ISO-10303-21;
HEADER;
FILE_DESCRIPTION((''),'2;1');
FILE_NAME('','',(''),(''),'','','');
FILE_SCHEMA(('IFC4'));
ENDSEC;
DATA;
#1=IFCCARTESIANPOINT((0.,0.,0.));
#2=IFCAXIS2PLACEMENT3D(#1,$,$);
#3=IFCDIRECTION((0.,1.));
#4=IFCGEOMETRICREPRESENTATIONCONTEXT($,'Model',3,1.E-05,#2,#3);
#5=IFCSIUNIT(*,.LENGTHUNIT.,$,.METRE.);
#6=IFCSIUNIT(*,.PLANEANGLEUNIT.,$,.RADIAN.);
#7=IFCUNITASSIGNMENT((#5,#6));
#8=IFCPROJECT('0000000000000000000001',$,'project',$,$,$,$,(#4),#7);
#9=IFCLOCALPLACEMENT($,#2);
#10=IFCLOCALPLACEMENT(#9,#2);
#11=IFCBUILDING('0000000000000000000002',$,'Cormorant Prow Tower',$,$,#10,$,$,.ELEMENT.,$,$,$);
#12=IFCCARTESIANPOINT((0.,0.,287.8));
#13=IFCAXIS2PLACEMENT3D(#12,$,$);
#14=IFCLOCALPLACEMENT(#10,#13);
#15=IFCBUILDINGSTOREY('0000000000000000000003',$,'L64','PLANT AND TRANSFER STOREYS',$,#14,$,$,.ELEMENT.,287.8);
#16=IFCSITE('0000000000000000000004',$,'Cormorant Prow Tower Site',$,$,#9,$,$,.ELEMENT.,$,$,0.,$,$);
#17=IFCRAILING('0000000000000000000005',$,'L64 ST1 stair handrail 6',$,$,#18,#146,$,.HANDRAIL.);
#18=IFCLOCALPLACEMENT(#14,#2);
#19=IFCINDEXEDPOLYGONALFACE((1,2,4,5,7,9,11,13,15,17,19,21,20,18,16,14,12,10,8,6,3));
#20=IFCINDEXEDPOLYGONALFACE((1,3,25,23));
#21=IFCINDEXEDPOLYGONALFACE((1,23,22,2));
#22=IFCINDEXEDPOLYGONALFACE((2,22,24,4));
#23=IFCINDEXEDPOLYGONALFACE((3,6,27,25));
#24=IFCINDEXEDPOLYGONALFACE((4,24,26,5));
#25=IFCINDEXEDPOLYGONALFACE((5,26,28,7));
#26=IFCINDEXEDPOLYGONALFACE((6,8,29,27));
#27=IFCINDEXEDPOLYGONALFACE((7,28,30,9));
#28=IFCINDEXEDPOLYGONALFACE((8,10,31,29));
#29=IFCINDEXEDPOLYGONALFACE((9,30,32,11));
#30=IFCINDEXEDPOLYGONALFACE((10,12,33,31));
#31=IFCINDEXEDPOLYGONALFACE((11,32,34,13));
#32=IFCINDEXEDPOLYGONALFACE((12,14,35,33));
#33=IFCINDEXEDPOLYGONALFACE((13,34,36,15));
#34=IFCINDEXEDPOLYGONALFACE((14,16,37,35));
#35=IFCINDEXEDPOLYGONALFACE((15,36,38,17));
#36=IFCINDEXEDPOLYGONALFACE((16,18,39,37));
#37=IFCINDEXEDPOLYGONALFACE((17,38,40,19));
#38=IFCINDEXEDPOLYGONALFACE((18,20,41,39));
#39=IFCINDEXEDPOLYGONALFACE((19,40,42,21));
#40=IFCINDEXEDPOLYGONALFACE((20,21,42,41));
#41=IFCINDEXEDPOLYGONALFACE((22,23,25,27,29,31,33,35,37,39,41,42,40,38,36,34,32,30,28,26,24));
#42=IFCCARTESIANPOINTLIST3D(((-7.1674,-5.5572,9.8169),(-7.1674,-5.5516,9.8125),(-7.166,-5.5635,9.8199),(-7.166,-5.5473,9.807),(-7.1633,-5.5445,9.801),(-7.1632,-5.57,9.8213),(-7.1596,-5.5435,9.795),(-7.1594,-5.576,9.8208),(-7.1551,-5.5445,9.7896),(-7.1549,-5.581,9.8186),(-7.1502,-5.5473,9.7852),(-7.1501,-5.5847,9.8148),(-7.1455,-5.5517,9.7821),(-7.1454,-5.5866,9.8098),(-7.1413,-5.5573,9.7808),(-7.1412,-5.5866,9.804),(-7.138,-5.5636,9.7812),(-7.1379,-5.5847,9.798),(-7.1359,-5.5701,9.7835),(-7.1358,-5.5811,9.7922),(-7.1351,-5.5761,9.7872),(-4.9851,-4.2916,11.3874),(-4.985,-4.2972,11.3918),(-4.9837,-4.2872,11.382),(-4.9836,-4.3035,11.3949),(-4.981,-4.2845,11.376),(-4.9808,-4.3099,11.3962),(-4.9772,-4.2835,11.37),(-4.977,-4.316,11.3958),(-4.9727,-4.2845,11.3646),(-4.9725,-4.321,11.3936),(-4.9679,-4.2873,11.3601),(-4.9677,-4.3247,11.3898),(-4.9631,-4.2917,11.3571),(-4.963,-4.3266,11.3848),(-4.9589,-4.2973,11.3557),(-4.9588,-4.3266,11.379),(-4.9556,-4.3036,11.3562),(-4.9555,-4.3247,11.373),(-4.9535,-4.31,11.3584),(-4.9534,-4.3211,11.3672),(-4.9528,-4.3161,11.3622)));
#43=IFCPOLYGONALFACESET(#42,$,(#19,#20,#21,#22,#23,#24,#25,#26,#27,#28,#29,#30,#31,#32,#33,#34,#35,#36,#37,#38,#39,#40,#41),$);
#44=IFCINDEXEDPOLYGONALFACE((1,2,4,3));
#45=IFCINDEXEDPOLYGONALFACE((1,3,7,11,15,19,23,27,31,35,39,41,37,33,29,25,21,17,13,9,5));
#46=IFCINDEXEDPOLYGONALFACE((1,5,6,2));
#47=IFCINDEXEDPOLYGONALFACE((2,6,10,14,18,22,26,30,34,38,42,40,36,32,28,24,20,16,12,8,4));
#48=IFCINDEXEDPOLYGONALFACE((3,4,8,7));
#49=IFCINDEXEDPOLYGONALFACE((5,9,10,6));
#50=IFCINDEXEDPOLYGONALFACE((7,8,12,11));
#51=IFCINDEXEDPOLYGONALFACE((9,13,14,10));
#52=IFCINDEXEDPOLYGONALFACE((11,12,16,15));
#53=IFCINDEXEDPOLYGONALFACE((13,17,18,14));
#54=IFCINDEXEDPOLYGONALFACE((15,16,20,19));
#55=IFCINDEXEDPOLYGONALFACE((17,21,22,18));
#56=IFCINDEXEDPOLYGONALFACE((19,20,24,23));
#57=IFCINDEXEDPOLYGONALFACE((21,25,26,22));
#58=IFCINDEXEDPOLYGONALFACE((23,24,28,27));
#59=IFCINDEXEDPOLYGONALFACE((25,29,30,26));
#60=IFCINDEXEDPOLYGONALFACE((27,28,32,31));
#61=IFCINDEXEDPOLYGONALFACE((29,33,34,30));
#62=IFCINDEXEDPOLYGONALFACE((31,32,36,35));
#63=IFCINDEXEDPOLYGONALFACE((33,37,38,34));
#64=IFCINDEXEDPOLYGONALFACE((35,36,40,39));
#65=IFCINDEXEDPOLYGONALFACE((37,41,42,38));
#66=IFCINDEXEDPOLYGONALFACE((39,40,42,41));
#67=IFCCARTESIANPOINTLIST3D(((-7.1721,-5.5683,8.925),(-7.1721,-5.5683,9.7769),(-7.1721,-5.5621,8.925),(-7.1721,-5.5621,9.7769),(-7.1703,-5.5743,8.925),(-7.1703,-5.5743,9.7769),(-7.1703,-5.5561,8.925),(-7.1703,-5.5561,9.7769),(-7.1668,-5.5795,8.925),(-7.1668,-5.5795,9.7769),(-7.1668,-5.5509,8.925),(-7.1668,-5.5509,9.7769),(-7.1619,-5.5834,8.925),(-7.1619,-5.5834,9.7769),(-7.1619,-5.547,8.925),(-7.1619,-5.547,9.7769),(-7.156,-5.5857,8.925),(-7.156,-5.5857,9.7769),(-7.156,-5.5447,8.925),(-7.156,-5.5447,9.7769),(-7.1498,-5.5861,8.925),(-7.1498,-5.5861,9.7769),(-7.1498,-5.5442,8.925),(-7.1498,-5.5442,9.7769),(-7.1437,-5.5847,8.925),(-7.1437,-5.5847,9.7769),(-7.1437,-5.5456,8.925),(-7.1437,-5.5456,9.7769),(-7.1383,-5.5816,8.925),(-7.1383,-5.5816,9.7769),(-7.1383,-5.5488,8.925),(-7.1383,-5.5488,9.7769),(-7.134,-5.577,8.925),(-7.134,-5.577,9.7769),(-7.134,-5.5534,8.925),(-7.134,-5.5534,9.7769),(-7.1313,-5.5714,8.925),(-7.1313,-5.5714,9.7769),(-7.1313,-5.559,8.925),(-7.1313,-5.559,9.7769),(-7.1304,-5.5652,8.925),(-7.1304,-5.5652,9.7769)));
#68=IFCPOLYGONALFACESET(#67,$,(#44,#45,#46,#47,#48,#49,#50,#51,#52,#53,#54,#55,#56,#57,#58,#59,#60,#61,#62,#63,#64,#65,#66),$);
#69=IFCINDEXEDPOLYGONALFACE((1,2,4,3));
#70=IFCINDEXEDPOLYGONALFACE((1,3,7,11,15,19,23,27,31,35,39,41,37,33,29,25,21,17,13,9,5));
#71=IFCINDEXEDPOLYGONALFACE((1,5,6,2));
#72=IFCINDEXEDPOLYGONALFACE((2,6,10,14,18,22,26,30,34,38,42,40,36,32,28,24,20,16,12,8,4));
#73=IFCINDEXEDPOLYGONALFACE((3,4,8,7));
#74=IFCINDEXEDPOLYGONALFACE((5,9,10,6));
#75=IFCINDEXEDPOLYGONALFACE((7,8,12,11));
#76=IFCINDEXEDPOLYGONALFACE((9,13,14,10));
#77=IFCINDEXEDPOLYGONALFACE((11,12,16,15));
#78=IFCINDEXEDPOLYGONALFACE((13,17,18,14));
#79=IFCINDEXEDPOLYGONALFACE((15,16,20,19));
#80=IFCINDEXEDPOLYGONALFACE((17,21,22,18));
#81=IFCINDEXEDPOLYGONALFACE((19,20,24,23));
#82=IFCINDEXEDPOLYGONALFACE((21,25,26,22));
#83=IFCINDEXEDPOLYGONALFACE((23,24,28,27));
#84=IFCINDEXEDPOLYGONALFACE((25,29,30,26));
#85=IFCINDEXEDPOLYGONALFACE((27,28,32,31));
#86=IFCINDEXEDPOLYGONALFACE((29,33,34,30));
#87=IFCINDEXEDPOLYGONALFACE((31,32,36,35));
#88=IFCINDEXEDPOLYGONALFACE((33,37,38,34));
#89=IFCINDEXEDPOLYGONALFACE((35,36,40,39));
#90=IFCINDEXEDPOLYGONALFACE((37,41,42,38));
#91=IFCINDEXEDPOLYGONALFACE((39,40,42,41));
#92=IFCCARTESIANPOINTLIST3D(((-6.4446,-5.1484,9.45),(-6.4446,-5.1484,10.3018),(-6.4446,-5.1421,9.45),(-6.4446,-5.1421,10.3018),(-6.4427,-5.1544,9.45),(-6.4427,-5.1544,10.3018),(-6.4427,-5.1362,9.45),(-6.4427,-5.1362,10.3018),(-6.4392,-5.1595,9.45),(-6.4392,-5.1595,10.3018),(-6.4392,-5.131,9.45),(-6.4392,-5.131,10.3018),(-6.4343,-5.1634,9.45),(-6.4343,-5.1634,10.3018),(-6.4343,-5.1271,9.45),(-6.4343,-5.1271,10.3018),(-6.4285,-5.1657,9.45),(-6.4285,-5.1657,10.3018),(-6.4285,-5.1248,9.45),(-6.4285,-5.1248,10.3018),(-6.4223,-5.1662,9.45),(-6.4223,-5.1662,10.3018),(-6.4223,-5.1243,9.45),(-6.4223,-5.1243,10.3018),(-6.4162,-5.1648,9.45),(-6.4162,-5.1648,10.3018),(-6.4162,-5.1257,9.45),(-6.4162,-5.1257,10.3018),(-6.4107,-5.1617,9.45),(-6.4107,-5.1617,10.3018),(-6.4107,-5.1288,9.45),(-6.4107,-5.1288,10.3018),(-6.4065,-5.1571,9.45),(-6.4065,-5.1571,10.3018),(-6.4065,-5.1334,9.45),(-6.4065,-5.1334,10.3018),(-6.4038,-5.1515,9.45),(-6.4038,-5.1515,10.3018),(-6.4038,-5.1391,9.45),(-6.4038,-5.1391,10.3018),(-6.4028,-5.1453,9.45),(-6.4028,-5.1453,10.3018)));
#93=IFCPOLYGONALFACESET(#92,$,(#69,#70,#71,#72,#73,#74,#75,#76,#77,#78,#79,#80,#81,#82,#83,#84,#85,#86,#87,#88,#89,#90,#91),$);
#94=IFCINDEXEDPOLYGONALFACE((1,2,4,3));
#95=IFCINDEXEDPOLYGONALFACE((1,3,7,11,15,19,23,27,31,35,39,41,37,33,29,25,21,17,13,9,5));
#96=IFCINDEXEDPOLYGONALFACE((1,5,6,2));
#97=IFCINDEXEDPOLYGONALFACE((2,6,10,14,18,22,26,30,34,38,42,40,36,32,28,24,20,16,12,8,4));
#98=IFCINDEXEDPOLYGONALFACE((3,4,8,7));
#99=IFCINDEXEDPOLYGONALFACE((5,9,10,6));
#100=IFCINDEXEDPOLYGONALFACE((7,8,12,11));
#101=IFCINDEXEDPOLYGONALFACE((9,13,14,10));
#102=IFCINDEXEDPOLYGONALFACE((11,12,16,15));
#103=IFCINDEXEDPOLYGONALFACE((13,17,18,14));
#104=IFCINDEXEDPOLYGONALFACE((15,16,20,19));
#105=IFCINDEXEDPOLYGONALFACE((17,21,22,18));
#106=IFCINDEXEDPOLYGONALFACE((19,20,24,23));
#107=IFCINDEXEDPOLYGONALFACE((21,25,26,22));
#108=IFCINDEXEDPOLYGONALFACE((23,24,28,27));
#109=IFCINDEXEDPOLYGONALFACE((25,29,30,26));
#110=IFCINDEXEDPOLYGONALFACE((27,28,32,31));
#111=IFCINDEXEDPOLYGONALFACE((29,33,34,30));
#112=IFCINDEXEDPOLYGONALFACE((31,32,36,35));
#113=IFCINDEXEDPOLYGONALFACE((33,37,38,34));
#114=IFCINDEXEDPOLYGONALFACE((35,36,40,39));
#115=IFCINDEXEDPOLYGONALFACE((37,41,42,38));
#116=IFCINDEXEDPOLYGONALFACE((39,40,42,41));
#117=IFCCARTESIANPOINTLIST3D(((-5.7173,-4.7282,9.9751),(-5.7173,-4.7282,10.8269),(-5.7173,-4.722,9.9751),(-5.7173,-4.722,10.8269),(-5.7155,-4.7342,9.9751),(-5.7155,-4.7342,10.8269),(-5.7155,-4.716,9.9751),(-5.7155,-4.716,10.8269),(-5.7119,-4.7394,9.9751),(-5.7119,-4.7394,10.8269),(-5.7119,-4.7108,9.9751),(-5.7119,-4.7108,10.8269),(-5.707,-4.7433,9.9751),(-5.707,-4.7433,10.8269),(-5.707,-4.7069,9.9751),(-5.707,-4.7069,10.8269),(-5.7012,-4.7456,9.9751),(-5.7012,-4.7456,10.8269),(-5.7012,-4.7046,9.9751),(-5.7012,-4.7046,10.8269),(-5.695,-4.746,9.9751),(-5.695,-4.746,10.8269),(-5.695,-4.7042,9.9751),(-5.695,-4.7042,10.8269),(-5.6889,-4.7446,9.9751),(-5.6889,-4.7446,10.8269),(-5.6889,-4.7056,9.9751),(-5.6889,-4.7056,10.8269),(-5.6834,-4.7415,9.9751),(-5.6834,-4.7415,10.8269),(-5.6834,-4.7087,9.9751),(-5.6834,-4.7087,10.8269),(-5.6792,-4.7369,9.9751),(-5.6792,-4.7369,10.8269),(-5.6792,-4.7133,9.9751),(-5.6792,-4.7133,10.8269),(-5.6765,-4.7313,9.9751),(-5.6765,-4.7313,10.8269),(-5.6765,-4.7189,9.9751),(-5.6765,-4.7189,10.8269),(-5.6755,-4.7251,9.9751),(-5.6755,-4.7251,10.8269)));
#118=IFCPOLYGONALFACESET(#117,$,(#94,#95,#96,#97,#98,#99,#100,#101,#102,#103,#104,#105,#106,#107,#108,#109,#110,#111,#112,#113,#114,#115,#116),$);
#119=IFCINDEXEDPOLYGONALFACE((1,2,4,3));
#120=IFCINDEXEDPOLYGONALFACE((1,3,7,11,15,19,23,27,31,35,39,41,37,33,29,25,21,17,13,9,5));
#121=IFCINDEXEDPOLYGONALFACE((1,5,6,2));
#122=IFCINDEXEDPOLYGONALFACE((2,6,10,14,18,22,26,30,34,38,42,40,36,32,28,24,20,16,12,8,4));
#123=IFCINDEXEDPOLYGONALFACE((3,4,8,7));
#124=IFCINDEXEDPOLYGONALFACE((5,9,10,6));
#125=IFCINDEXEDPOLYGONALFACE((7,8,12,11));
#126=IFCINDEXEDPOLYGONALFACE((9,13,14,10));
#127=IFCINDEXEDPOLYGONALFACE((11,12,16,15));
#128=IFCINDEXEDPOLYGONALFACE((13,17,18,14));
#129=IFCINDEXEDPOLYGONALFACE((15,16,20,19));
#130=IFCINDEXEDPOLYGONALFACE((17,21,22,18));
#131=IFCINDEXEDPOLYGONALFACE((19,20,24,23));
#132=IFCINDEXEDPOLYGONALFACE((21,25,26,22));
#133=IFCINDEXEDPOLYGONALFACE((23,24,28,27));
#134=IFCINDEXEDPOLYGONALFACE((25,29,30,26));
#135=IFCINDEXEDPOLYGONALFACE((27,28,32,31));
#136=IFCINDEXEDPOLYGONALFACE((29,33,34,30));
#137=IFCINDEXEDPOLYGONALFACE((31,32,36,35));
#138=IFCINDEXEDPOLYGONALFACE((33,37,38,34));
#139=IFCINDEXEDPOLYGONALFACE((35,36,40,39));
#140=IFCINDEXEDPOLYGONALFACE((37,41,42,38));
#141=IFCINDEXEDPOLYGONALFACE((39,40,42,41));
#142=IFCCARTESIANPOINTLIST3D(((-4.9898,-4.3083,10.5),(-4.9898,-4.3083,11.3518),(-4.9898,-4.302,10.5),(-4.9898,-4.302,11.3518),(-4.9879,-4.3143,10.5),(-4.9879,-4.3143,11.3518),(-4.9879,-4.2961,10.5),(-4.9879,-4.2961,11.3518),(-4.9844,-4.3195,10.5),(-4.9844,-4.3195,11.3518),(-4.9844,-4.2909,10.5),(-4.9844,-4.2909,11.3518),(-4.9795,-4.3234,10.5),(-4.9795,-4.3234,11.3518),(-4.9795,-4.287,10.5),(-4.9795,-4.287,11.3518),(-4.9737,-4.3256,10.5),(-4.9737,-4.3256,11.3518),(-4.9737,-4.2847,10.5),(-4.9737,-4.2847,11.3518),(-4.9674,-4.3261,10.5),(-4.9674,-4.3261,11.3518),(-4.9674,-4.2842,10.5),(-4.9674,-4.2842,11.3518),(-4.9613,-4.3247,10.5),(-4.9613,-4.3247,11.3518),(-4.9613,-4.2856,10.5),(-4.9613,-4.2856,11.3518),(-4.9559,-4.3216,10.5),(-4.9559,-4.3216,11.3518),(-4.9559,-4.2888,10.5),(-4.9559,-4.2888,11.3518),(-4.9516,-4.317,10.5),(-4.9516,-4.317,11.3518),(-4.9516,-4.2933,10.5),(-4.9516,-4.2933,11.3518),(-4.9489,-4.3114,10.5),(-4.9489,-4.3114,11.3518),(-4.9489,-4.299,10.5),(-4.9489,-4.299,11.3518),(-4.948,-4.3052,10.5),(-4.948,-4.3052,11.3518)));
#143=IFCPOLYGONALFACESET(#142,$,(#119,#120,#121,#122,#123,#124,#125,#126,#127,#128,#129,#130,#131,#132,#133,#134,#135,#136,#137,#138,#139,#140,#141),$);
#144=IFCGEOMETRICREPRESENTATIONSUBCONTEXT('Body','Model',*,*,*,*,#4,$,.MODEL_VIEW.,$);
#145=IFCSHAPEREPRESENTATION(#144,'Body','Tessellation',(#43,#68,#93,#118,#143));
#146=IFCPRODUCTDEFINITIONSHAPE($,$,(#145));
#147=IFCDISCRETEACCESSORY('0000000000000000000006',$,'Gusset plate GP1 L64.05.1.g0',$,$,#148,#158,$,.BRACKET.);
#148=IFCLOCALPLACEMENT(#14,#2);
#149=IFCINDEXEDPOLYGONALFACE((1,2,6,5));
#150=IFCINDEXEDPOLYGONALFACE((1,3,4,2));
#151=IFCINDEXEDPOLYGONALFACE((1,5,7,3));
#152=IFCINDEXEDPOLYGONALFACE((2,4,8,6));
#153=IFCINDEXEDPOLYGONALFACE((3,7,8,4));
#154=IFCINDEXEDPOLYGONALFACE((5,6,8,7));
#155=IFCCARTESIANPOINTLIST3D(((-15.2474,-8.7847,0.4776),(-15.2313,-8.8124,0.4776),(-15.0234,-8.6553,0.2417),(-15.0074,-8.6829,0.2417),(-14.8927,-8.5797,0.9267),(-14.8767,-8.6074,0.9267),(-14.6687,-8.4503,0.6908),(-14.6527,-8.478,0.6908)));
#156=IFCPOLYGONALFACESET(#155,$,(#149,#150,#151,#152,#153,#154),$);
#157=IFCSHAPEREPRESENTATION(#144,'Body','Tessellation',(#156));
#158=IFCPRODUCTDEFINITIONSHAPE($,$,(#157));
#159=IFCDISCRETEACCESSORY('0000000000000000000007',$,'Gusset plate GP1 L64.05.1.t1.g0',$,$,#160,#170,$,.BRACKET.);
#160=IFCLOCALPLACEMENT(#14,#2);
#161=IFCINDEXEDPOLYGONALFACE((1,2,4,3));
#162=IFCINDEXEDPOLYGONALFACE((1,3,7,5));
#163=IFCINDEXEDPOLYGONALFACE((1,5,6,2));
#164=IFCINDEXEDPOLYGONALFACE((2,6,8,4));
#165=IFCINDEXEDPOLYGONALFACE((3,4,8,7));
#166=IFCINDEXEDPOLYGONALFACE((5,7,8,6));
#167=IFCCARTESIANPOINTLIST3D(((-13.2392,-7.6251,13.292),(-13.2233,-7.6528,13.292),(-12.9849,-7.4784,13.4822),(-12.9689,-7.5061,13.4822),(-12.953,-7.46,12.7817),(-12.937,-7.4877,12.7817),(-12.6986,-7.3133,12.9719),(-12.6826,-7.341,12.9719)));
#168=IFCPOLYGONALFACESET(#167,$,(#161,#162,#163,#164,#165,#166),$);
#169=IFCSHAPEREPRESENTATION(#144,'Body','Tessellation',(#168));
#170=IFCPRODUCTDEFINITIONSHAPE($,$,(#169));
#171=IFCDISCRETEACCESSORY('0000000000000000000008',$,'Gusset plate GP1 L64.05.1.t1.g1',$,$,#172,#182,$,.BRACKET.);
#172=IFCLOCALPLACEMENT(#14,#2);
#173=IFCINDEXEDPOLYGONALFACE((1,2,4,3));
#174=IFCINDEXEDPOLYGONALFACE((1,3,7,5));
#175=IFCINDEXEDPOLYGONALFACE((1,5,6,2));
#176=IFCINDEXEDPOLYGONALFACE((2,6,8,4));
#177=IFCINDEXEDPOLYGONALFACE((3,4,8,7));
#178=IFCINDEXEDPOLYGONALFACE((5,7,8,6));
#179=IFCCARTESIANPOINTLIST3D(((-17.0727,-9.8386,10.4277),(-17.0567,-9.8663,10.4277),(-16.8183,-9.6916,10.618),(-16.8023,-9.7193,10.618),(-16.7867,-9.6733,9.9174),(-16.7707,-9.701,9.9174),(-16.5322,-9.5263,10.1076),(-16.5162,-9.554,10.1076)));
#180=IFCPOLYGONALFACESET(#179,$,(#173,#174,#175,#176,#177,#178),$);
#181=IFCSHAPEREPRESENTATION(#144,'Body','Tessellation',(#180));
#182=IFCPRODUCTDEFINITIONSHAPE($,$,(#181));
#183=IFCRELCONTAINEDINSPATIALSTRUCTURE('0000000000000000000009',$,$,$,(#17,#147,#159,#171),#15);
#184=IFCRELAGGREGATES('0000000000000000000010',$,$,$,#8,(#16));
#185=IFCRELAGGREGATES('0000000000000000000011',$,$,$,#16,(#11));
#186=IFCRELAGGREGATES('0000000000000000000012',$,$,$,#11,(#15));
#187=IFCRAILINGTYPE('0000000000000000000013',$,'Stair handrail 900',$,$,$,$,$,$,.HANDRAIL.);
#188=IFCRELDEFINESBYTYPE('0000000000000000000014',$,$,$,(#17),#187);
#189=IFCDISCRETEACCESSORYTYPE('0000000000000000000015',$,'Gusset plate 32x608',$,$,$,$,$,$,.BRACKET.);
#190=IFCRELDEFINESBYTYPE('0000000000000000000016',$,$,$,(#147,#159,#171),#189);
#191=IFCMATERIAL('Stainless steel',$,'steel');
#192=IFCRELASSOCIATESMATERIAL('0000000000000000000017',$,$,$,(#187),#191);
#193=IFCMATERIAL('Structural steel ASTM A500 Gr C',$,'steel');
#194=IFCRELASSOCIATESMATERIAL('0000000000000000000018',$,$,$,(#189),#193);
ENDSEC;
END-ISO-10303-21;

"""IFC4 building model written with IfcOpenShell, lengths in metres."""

from ifc_helpers import new_model, si_unit, direction, frame, origin, origin_2d, place, context, subcontext, project, spatial, rectangle, circle, extrude, material, material_profile, profile_set, type_object, element, save


model = new_model("IFC4")

# Units and contexts
model_context = context("Model", 3, precision=1e-05, world=origin(), true_north=direction((0.0, 1.0)))
body_context = subcontext(model_context, "Body", "Model", "MODEL_VIEW")
ifc_project = project(units=[si_unit("LENGTHUNIT", "METRE"), si_unit("PLANEANGLEUNIT", "RADIAN")], contexts=[model_context])

# Site, building, storey
site_placement = place(None, origin())
site = spatial("IfcSite", under=ifc_project, at=site_placement, Name="Cormorant Prow Tower Site", CompositionType="ELEMENT", RefElevation=0.0)
building_placement = place(site_placement, origin())
building = spatial("IfcBuilding", under=site, at=building_placement, Name="Cormorant Prow Tower", CompositionType="ELEMENT")
storey_placement = place(building_placement, frame((0.0, 0.0, 287.8)))
storey = spatial("IfcBuildingStorey", under=building, at=storey_placement, Name="L64", Description="PLANT AND TRANSFER STOREYS", CompositionType="ELEMENT", Elevation=287.8)

# Railing
ifc_material_1 = material(Name="Stainless steel", Category="steel")
railing_type = type_object("IfcRailingType", Name="Stair handrail 900", PredefinedType="HANDRAIL", material=ifc_material_1)
for number, where, name in (
    (1, (-7.1514, -5.5652, 8.925), "L64 ST1 stair handrail 6"),
):
    element("IfcRailing", number, at=place(storey_placement, frame(where)), inside=storey, type_object=railing_type, Name=name, PredefinedType="HANDRAIL", context=body_context, shape_type="SweptSolid", body=[
        extrude(circle(Radius=0.0239, at=origin_2d()), frame((0.0, 0.0, 0.876), z_axis=(0.734392, 0.424007, 0.529988), x_axis=(-0.500005, 0.866023, 0.0)), (0.0, 0.0, 1.0), 2.9717),
        extrude(circle(Radius=0.021, at=origin_2d()), origin(), (0.0, 0.0, 1.0), 0.8518),
        extrude(circle(Radius=0.021, at=origin_2d()), frame((0.7275, 0.4199, 0.5249)), (0.0, 0.0, 1.0), 0.8518),
        extrude(circle(Radius=0.021, at=origin_2d()), frame((1.4548, 0.8401, 1.05)), (0.0, 0.0, 1.0), 0.8518),
        extrude(circle(Radius=0.021, at=origin_2d()), frame((2.1824, 1.26, 1.575)), (0.0, 0.0, 1.0), 0.8518),
    ])

# Discrete accessories
ifc_material_2 = material(Name="Structural steel ASTM A500 Gr C", Category="steel")
ifc_material_profile_1 = material_profile(ifc_material_2, rectangle(XDim=0.032, YDim=0.6079, at=origin_2d()), Name="Gusset plate 32x608")
ifc_profile_set_1 = profile_set([ifc_material_profile_1], Name="Structural steel ASTM A500 Gr C")
discrete_accessory_type = type_object("IfcDiscreteAccessoryType", Name="Gusset plate 32x608", PredefinedType="BRACKET", material=ifc_profile_set_1)
discrete_accessory_1_placement = place(storey_placement, frame((-15.062, -8.696, 0.7021), z_axis=(0.63969, 0.369722, -0.673871), x_axis=(-0.500403, 0.865792, 0.0)))
element("IfcDiscreteAccessory", 2, at=discrete_accessory_1_placement, inside=storey, type_object=discrete_accessory_type, Name="Gusset plate GP1 L64.05.1.g0", PredefinedType="BRACKET", context=body_context, shape_type="SweptSolid", body=[
    extrude(rectangle(XDim=0.032, YDim=0.6079, at=origin_2d()), origin(), (0.0, 0.0, 1.0), 0.3501),
])
discrete_accessory_2_placement = place(storey_placement, frame((-13.0881, -7.5564, 13.0369), z_axis=(0.72709, 0.419367, 0.543573), x_axis=(-0.499626, 0.866241, 0.0)))
element("IfcDiscreteAccessory", 3, at=discrete_accessory_2_placement, inside=storey, type_object=discrete_accessory_type, Name="Gusset plate GP1 L64.05.1.t1.g0", PredefinedType="BRACKET", context=body_context, shape_type="SweptSolid", body=[
    extrude(rectangle(XDim=0.032, YDim=0.6079, at=origin_2d()), origin(), (0.0, 0.0, 1.0), 0.3499),
])
discrete_accessory_3_placement = place(storey_placement, frame((-16.6672, -9.6228, 10.3628), z_axis=(-0.726877, -0.419942, -0.543414), x_axis=(0.50025, -0.865881, 0.0)))
element("IfcDiscreteAccessory", 4, at=discrete_accessory_3_placement, inside=storey, type_object=discrete_accessory_type, Name="Gusset plate GP1 L64.05.1.t1.g1", PredefinedType="BRACKET", context=body_context, shape_type="SweptSolid", body=[
    extrude(rectangle(XDim=0.032, YDim=0.6079, at=origin_2d()), origin(), (0.0, 0.0, 1.0), 0.3501),
])

save(model, "model.ifc")
